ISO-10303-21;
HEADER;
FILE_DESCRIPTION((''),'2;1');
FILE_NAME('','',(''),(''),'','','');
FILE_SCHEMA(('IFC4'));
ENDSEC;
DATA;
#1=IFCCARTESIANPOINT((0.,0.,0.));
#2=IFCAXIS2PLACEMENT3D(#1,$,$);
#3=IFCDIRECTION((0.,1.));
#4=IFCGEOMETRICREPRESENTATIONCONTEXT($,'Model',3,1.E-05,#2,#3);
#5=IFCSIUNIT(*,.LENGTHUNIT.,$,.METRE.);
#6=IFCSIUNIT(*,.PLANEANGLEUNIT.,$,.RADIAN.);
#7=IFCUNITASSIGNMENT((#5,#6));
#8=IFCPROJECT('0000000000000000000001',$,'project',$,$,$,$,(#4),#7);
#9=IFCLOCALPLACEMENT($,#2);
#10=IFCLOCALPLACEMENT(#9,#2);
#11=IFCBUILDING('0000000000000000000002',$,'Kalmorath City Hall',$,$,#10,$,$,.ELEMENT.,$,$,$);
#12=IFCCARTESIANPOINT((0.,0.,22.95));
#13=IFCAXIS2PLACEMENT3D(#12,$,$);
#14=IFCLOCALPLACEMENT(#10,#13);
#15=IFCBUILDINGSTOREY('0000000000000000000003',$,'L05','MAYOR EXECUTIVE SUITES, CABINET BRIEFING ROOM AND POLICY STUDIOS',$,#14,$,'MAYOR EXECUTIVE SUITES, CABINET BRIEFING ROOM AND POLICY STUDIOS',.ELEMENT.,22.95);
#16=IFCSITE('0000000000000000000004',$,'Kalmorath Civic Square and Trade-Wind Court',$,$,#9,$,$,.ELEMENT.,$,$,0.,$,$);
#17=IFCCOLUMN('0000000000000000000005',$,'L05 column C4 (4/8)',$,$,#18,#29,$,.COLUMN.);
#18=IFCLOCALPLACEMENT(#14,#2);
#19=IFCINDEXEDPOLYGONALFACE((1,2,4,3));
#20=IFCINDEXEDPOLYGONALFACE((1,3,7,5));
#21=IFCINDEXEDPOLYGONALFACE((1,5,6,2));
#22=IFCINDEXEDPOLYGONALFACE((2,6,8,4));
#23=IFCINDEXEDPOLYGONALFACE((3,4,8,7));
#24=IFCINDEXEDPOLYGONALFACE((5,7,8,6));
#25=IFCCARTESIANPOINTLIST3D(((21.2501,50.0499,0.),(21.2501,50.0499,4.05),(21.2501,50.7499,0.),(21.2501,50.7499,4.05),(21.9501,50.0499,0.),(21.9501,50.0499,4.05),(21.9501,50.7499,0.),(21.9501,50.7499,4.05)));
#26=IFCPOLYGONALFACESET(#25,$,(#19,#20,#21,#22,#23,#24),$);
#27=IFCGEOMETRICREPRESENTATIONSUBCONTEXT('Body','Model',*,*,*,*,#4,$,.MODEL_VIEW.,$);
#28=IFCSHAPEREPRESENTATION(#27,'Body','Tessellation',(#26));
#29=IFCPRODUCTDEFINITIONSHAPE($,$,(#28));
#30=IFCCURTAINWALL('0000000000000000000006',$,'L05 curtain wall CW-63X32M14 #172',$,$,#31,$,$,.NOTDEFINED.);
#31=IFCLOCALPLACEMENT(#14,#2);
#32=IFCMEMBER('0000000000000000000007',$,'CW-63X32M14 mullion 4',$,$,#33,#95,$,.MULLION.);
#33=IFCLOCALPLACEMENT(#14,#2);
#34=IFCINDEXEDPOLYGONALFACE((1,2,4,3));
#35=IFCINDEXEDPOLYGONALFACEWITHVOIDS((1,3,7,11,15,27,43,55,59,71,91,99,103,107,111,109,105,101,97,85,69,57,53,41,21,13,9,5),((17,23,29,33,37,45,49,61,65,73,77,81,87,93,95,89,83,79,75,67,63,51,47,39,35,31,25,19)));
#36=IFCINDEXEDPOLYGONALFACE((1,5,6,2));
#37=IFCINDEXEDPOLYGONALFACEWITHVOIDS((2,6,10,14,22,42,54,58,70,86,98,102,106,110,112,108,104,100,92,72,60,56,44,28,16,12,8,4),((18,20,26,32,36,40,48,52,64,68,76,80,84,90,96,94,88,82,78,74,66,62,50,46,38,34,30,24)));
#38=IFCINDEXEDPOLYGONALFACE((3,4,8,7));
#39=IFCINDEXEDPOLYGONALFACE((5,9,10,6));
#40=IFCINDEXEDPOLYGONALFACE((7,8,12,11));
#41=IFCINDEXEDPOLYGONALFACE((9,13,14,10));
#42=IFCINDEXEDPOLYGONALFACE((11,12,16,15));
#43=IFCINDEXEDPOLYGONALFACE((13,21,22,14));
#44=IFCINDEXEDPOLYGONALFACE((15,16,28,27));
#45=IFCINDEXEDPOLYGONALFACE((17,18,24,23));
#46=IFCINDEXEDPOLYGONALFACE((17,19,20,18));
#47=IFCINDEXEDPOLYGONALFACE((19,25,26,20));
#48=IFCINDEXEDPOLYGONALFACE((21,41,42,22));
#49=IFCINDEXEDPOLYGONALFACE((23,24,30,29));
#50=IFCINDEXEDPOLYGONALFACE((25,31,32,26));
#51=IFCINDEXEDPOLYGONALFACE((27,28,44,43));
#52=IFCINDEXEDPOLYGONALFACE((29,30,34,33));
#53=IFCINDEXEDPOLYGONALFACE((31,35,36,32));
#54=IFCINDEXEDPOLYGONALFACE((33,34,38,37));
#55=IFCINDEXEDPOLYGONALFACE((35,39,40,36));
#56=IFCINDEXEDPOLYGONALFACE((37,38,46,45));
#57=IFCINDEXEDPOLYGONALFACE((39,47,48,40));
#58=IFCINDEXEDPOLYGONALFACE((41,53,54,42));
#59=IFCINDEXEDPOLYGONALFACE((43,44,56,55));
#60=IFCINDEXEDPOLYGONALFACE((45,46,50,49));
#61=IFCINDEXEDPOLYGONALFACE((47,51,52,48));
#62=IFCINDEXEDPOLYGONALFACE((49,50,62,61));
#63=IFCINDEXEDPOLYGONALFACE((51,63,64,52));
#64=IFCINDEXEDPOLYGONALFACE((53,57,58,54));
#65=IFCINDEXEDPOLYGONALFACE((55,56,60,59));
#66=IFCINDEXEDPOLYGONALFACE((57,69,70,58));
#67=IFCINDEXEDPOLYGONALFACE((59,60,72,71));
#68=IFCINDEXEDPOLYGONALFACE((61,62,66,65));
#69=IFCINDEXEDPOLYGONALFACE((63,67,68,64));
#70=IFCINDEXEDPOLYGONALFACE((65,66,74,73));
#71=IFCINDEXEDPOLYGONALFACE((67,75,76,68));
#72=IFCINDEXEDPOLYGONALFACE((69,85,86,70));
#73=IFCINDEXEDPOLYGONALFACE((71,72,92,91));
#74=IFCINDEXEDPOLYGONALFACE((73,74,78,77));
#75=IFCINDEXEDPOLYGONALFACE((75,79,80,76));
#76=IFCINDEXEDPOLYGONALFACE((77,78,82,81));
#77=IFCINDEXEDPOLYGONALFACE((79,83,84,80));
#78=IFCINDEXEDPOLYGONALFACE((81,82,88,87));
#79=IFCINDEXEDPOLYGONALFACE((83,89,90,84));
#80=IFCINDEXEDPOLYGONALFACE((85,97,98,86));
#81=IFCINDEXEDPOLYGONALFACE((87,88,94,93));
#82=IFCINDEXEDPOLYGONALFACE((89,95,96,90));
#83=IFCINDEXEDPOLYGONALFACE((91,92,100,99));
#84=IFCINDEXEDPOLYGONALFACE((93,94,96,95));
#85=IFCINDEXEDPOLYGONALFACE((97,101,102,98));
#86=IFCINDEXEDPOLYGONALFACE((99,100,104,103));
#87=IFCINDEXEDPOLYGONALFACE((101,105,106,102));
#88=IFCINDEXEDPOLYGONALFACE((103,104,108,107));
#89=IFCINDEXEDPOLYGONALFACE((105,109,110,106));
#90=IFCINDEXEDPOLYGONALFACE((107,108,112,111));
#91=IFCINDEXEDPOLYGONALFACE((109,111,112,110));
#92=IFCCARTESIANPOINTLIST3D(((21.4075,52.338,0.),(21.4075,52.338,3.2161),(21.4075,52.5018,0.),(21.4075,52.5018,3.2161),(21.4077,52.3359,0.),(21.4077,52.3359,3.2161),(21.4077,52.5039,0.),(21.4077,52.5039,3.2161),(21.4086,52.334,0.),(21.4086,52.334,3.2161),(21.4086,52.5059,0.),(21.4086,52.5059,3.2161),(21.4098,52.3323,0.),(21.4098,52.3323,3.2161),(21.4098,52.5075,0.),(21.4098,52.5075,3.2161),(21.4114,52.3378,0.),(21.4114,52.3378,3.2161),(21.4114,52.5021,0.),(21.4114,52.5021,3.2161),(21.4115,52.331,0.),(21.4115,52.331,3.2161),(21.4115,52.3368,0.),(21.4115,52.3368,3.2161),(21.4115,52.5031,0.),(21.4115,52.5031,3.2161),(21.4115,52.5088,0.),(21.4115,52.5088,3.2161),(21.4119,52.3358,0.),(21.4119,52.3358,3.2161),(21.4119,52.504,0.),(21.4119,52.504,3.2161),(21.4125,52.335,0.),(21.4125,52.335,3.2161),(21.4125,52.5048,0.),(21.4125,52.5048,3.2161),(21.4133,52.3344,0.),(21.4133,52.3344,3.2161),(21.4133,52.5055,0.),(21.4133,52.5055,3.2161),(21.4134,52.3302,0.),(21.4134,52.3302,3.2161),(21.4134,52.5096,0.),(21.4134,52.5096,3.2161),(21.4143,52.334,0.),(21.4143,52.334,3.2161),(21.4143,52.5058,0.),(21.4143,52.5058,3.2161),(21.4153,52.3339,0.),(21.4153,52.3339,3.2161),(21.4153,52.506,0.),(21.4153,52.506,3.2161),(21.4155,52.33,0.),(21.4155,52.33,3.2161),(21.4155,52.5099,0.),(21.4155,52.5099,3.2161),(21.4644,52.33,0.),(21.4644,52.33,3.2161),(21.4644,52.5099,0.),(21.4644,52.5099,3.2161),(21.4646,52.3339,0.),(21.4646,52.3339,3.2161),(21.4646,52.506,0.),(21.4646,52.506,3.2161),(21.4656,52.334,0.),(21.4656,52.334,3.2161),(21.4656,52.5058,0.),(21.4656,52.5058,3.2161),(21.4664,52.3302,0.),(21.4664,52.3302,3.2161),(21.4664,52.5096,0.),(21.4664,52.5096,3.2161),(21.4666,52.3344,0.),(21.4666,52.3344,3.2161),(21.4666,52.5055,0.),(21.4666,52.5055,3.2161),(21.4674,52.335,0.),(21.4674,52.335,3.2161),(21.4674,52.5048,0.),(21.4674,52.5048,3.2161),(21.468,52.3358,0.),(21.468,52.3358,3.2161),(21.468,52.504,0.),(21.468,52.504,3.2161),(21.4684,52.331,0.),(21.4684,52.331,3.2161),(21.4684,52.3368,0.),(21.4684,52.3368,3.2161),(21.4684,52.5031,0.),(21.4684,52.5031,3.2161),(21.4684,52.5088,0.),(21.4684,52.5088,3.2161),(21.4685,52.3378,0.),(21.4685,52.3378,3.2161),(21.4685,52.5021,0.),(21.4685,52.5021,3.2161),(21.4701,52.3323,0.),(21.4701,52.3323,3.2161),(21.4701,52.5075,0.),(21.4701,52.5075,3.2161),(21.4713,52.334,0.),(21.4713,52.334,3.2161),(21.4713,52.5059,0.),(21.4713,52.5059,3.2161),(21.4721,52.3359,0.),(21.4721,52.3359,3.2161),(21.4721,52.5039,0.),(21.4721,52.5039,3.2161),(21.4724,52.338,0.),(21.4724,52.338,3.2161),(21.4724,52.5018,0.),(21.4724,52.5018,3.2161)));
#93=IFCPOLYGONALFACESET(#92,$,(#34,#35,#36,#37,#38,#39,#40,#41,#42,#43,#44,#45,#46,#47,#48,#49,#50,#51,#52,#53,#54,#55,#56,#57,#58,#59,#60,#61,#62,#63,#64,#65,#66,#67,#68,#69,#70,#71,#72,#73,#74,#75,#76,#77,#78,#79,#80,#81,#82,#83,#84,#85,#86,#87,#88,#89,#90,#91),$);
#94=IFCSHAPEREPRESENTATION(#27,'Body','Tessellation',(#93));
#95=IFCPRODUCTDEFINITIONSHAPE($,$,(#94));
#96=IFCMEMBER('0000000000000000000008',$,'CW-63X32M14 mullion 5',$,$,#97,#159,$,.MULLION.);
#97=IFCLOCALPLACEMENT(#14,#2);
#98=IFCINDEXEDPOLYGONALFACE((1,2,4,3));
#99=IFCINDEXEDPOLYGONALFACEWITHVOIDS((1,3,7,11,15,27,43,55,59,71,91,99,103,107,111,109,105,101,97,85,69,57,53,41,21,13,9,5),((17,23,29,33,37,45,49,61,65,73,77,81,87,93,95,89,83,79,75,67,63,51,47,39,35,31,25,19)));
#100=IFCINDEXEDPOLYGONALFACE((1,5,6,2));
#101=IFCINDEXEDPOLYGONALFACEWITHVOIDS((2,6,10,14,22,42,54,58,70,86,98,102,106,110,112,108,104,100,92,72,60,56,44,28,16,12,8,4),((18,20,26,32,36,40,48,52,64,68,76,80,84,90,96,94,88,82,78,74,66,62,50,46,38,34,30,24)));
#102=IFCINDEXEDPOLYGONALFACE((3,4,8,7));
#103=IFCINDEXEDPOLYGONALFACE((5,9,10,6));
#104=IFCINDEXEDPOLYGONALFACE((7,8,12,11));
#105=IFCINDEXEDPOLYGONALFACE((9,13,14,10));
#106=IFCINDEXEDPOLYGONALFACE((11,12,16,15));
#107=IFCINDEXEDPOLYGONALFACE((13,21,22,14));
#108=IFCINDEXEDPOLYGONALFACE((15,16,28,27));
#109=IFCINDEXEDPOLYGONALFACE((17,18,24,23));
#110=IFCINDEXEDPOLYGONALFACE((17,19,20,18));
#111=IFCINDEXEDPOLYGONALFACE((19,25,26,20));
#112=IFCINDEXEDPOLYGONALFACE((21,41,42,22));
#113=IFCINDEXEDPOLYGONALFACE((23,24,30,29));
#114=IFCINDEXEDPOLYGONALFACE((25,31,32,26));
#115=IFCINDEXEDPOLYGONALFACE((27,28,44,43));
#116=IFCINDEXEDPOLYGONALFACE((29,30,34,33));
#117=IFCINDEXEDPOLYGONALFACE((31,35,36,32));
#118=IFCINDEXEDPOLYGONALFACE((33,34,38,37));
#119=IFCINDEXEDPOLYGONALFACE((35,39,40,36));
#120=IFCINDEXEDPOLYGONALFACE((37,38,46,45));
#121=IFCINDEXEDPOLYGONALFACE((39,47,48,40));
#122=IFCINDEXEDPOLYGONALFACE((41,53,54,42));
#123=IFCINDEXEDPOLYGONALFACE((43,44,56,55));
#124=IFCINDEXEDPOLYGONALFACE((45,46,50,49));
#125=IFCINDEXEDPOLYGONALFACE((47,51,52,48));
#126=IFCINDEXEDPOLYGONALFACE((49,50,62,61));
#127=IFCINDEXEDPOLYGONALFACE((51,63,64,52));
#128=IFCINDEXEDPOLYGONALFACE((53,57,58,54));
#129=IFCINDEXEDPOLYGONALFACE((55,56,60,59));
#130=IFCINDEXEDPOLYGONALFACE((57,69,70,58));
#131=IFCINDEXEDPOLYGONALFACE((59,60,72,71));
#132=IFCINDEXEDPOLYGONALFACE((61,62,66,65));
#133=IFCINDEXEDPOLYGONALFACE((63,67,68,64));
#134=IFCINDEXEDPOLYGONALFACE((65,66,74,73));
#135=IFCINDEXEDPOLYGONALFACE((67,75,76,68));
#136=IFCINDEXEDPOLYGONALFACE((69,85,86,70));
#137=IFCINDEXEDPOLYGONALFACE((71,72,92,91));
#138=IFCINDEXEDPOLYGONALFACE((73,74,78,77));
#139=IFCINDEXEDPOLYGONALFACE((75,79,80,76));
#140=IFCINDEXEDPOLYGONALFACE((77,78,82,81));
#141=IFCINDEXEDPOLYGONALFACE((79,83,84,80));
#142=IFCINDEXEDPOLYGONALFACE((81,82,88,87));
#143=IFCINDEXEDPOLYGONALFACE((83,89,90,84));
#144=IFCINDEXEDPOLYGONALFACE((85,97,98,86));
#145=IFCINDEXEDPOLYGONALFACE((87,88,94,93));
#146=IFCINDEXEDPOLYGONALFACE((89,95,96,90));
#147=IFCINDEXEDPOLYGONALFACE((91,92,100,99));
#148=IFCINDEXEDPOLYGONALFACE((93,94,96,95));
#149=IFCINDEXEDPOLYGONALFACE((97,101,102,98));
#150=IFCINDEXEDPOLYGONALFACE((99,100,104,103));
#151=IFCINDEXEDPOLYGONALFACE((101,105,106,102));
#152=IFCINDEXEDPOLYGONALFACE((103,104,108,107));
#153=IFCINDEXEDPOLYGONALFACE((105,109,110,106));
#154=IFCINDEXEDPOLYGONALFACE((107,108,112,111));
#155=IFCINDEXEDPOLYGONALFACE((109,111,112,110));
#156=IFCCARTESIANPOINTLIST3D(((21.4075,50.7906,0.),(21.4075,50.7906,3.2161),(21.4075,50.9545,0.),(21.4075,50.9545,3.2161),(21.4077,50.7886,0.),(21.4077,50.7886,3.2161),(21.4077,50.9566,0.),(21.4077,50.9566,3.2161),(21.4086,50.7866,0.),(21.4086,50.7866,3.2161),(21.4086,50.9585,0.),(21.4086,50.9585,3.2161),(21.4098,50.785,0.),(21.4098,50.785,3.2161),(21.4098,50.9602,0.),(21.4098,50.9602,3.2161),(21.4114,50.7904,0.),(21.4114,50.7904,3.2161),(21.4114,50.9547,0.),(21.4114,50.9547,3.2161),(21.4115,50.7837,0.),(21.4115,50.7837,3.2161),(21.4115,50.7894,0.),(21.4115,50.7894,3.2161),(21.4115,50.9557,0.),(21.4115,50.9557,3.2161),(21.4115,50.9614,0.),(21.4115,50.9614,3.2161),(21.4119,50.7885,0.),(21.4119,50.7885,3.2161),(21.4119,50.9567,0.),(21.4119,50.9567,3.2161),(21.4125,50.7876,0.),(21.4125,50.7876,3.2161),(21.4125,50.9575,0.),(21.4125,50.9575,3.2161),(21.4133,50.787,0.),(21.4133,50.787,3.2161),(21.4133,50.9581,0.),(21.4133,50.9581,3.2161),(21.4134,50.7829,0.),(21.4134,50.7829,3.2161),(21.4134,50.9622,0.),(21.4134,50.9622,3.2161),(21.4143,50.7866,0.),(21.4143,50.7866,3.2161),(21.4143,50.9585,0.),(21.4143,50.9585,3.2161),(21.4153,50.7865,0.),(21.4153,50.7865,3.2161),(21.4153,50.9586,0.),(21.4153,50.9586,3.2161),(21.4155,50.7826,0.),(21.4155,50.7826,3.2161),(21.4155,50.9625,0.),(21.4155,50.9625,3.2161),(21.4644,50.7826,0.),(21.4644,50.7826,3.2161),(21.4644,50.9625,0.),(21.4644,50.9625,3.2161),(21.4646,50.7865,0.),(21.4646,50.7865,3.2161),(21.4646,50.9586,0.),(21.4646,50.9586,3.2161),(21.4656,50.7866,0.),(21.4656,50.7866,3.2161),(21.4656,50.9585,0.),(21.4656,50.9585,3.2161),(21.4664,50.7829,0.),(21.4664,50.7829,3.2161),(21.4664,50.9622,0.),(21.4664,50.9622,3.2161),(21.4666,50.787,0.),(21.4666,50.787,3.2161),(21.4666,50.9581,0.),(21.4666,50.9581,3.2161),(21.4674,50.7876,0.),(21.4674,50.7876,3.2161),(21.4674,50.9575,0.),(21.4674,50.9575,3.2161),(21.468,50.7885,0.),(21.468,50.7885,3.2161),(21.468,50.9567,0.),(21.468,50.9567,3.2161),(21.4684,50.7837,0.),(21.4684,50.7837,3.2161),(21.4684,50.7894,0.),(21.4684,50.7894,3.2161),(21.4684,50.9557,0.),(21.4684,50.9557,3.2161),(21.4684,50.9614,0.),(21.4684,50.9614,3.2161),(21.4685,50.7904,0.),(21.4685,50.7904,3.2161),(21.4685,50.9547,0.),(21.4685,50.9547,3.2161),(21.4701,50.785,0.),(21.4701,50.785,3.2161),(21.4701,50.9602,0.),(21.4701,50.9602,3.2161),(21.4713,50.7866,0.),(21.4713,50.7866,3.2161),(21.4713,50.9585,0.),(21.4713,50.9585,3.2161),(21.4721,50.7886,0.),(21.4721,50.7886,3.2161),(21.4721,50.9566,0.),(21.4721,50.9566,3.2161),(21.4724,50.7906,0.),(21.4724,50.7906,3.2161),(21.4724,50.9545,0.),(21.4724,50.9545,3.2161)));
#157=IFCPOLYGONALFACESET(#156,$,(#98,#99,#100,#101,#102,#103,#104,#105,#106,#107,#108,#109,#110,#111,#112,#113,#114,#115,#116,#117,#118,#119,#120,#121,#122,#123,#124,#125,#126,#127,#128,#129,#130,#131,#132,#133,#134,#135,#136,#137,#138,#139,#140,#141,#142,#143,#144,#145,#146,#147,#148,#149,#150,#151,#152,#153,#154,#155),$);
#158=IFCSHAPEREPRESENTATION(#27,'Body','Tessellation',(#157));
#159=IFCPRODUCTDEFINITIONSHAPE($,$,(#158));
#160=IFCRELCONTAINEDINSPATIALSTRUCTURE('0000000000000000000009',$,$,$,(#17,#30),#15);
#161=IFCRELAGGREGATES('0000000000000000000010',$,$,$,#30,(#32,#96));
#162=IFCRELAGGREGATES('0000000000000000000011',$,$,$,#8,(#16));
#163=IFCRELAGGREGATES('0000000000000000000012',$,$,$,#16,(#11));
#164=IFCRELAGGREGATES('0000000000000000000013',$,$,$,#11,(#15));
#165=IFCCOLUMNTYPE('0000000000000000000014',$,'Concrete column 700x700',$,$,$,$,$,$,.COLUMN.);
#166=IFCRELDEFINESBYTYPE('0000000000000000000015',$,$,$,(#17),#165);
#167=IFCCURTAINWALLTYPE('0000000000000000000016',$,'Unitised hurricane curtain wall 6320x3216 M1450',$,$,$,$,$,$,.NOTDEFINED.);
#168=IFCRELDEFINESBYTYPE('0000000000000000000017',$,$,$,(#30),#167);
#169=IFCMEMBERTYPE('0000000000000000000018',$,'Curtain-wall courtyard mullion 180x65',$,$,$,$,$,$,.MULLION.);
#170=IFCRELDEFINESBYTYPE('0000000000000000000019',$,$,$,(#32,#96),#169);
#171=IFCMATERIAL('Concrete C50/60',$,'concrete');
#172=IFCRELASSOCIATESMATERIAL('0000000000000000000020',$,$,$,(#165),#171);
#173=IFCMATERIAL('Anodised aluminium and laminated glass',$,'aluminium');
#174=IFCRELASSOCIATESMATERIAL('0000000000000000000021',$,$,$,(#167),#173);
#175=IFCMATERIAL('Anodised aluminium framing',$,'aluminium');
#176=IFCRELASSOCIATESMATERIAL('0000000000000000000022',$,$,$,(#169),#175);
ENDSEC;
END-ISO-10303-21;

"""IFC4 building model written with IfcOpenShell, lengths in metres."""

from ifc_helpers import new_model, si_unit, direction, frame, origin, origin_2d, place, context, subcontext, project, spatial, rectangle, hollow_rectangle, extrude, material, material_profile, profile_set, type_object, element, aggregate, save


model = new_model("IFC4")

# Units and contexts
model_context = context("Model", 3, precision=1e-05, world=origin(), true_north=direction((0.0, 1.0)))
body_context = subcontext(model_context, "Body", "Model", "MODEL_VIEW")
ifc_project = project(units=[si_unit("LENGTHUNIT", "METRE"), si_unit("PLANEANGLEUNIT", "RADIAN")], contexts=[model_context])

# Site, building, storey
site_placement = place(None, origin())
site = spatial("IfcSite", under=ifc_project, at=site_placement, Name="Kalmorath Civic Square and Trade-Wind Court", CompositionType="ELEMENT", RefElevation=0.0)
building_placement = place(site_placement, origin())
building = spatial("IfcBuilding", under=site, at=building_placement, Name="Kalmorath City Hall", CompositionType="ELEMENT")
storey_placement = place(building_placement, frame((0.0, 0.0, 22.95)))
storey = spatial("IfcBuildingStorey", under=building, at=storey_placement, Name="L05", Description="MAYOR EXECUTIVE SUITES, CABINET BRIEFING ROOM AND POLICY STUDIOS", LongName="MAYOR EXECUTIVE SUITES, CABINET BRIEFING ROOM AND POLICY STUDIOS", CompositionType="ELEMENT", Elevation=22.95)

# Column
ifc_material_1 = material(Name="Concrete C50/60", Category="concrete")
ifc_material_profile_1 = material_profile(ifc_material_1, rectangle(XDim=0.7, YDim=0.7, at=origin_2d()), Name="RC-COL-700X700")
ifc_profile_set_1 = profile_set([ifc_material_profile_1], Name="Concrete C50/60")
column_type = type_object("IfcColumnType", Name="Concrete column 700x700", PredefinedType="COLUMN", material=ifc_profile_set_1)
column_placement = place(storey_placement, frame((21.6001, 50.3999, 0.0), z_axis=(0.0, 0.0, 1.0), x_axis=(1.0, 0.0, 0.0)))
element("IfcColumn", 1, at=column_placement, inside=storey, type_object=column_type, Name="L05 column C4 (4/8)", PredefinedType="COLUMN", context=body_context, shape_type="SweptSolid", body=[
    extrude(rectangle(XDim=0.7, YDim=0.7, at=origin_2d()), origin(), (0.0, 0.0, 1.0), 4.05),
])

# Curtain wall, members
ifc_material_2 = material(Name="Anodised aluminium and laminated glass", Category="aluminium")
curtain_wall_type = type_object("IfcCurtainWallType", Name="Unitised hurricane curtain wall 6320x3216 M1450", PredefinedType="NOTDEFINED", material=ifc_material_2)
curtain_wall_placement = place(storey_placement, origin())
curtain_wall = element("IfcCurtainWall", 2, at=curtain_wall_placement, inside=storey, type_object=curtain_wall_type, Name="L05 curtain wall CW-63X32M14 #172", PredefinedType="NOTDEFINED")
ifc_material_3 = material(Name="Anodised aluminium framing", Category="aluminium")
ifc_material_profile_2 = material_profile(ifc_material_3, hollow_rectangle(XDim=0.0649, YDim=0.1799, WallThickness=0.0039, InnerFilletRadius=0.0039, OuterFilletRadius=0.0081, at=origin_2d()), Name="ALU-MUL-180X65X4")
ifc_profile_set_2 = profile_set([ifc_material_profile_2], Name="Anodised aluminium framing")
member_type_1 = type_object("IfcMemberType", Name="Curtain-wall courtyard mullion 180x65", PredefinedType="MULLION", material=ifc_profile_set_2)
member_1_placement = place(storey_placement, frame((21.4399, 52.4199, 0.0), z_axis=(0.0, 0.0, 1.0), x_axis=(1.0, 0.0, 0.0)))
member_1 = element("IfcMember", 3, at=member_1_placement, type_object=member_type_1, Name="CW-63X32M14 mullion 4", PredefinedType="MULLION", context=body_context, shape_type="SweptSolid", body=[
    extrude(hollow_rectangle(XDim=0.0649, YDim=0.1799, WallThickness=0.0039, InnerFilletRadius=0.0039, OuterFilletRadius=0.0081, at=origin_2d()), origin(), (0.0, 0.0, 1.0), 3.2161),
])
member_2_placement = place(storey_placement, frame((21.4399, 50.8726, 0.0), z_axis=(0.0, 0.0, 1.0), x_axis=(1.0, 0.0, 0.0)))
member_2 = element("IfcMember", 4, at=member_2_placement, type_object=member_type_1, Name="CW-63X32M14 mullion 5", PredefinedType="MULLION", context=body_context, shape_type="SweptSolid", body=[
    extrude(hollow_rectangle(XDim=0.0649, YDim=0.1799, WallThickness=0.0039, InnerFilletRadius=0.0039, OuterFilletRadius=0.0081, at=origin_2d()), origin(), (0.0, 0.0, 1.0), 3.2161),
])

aggregate(curtain_wall, [member_1, member_2])

save(model, "model.ifc")
